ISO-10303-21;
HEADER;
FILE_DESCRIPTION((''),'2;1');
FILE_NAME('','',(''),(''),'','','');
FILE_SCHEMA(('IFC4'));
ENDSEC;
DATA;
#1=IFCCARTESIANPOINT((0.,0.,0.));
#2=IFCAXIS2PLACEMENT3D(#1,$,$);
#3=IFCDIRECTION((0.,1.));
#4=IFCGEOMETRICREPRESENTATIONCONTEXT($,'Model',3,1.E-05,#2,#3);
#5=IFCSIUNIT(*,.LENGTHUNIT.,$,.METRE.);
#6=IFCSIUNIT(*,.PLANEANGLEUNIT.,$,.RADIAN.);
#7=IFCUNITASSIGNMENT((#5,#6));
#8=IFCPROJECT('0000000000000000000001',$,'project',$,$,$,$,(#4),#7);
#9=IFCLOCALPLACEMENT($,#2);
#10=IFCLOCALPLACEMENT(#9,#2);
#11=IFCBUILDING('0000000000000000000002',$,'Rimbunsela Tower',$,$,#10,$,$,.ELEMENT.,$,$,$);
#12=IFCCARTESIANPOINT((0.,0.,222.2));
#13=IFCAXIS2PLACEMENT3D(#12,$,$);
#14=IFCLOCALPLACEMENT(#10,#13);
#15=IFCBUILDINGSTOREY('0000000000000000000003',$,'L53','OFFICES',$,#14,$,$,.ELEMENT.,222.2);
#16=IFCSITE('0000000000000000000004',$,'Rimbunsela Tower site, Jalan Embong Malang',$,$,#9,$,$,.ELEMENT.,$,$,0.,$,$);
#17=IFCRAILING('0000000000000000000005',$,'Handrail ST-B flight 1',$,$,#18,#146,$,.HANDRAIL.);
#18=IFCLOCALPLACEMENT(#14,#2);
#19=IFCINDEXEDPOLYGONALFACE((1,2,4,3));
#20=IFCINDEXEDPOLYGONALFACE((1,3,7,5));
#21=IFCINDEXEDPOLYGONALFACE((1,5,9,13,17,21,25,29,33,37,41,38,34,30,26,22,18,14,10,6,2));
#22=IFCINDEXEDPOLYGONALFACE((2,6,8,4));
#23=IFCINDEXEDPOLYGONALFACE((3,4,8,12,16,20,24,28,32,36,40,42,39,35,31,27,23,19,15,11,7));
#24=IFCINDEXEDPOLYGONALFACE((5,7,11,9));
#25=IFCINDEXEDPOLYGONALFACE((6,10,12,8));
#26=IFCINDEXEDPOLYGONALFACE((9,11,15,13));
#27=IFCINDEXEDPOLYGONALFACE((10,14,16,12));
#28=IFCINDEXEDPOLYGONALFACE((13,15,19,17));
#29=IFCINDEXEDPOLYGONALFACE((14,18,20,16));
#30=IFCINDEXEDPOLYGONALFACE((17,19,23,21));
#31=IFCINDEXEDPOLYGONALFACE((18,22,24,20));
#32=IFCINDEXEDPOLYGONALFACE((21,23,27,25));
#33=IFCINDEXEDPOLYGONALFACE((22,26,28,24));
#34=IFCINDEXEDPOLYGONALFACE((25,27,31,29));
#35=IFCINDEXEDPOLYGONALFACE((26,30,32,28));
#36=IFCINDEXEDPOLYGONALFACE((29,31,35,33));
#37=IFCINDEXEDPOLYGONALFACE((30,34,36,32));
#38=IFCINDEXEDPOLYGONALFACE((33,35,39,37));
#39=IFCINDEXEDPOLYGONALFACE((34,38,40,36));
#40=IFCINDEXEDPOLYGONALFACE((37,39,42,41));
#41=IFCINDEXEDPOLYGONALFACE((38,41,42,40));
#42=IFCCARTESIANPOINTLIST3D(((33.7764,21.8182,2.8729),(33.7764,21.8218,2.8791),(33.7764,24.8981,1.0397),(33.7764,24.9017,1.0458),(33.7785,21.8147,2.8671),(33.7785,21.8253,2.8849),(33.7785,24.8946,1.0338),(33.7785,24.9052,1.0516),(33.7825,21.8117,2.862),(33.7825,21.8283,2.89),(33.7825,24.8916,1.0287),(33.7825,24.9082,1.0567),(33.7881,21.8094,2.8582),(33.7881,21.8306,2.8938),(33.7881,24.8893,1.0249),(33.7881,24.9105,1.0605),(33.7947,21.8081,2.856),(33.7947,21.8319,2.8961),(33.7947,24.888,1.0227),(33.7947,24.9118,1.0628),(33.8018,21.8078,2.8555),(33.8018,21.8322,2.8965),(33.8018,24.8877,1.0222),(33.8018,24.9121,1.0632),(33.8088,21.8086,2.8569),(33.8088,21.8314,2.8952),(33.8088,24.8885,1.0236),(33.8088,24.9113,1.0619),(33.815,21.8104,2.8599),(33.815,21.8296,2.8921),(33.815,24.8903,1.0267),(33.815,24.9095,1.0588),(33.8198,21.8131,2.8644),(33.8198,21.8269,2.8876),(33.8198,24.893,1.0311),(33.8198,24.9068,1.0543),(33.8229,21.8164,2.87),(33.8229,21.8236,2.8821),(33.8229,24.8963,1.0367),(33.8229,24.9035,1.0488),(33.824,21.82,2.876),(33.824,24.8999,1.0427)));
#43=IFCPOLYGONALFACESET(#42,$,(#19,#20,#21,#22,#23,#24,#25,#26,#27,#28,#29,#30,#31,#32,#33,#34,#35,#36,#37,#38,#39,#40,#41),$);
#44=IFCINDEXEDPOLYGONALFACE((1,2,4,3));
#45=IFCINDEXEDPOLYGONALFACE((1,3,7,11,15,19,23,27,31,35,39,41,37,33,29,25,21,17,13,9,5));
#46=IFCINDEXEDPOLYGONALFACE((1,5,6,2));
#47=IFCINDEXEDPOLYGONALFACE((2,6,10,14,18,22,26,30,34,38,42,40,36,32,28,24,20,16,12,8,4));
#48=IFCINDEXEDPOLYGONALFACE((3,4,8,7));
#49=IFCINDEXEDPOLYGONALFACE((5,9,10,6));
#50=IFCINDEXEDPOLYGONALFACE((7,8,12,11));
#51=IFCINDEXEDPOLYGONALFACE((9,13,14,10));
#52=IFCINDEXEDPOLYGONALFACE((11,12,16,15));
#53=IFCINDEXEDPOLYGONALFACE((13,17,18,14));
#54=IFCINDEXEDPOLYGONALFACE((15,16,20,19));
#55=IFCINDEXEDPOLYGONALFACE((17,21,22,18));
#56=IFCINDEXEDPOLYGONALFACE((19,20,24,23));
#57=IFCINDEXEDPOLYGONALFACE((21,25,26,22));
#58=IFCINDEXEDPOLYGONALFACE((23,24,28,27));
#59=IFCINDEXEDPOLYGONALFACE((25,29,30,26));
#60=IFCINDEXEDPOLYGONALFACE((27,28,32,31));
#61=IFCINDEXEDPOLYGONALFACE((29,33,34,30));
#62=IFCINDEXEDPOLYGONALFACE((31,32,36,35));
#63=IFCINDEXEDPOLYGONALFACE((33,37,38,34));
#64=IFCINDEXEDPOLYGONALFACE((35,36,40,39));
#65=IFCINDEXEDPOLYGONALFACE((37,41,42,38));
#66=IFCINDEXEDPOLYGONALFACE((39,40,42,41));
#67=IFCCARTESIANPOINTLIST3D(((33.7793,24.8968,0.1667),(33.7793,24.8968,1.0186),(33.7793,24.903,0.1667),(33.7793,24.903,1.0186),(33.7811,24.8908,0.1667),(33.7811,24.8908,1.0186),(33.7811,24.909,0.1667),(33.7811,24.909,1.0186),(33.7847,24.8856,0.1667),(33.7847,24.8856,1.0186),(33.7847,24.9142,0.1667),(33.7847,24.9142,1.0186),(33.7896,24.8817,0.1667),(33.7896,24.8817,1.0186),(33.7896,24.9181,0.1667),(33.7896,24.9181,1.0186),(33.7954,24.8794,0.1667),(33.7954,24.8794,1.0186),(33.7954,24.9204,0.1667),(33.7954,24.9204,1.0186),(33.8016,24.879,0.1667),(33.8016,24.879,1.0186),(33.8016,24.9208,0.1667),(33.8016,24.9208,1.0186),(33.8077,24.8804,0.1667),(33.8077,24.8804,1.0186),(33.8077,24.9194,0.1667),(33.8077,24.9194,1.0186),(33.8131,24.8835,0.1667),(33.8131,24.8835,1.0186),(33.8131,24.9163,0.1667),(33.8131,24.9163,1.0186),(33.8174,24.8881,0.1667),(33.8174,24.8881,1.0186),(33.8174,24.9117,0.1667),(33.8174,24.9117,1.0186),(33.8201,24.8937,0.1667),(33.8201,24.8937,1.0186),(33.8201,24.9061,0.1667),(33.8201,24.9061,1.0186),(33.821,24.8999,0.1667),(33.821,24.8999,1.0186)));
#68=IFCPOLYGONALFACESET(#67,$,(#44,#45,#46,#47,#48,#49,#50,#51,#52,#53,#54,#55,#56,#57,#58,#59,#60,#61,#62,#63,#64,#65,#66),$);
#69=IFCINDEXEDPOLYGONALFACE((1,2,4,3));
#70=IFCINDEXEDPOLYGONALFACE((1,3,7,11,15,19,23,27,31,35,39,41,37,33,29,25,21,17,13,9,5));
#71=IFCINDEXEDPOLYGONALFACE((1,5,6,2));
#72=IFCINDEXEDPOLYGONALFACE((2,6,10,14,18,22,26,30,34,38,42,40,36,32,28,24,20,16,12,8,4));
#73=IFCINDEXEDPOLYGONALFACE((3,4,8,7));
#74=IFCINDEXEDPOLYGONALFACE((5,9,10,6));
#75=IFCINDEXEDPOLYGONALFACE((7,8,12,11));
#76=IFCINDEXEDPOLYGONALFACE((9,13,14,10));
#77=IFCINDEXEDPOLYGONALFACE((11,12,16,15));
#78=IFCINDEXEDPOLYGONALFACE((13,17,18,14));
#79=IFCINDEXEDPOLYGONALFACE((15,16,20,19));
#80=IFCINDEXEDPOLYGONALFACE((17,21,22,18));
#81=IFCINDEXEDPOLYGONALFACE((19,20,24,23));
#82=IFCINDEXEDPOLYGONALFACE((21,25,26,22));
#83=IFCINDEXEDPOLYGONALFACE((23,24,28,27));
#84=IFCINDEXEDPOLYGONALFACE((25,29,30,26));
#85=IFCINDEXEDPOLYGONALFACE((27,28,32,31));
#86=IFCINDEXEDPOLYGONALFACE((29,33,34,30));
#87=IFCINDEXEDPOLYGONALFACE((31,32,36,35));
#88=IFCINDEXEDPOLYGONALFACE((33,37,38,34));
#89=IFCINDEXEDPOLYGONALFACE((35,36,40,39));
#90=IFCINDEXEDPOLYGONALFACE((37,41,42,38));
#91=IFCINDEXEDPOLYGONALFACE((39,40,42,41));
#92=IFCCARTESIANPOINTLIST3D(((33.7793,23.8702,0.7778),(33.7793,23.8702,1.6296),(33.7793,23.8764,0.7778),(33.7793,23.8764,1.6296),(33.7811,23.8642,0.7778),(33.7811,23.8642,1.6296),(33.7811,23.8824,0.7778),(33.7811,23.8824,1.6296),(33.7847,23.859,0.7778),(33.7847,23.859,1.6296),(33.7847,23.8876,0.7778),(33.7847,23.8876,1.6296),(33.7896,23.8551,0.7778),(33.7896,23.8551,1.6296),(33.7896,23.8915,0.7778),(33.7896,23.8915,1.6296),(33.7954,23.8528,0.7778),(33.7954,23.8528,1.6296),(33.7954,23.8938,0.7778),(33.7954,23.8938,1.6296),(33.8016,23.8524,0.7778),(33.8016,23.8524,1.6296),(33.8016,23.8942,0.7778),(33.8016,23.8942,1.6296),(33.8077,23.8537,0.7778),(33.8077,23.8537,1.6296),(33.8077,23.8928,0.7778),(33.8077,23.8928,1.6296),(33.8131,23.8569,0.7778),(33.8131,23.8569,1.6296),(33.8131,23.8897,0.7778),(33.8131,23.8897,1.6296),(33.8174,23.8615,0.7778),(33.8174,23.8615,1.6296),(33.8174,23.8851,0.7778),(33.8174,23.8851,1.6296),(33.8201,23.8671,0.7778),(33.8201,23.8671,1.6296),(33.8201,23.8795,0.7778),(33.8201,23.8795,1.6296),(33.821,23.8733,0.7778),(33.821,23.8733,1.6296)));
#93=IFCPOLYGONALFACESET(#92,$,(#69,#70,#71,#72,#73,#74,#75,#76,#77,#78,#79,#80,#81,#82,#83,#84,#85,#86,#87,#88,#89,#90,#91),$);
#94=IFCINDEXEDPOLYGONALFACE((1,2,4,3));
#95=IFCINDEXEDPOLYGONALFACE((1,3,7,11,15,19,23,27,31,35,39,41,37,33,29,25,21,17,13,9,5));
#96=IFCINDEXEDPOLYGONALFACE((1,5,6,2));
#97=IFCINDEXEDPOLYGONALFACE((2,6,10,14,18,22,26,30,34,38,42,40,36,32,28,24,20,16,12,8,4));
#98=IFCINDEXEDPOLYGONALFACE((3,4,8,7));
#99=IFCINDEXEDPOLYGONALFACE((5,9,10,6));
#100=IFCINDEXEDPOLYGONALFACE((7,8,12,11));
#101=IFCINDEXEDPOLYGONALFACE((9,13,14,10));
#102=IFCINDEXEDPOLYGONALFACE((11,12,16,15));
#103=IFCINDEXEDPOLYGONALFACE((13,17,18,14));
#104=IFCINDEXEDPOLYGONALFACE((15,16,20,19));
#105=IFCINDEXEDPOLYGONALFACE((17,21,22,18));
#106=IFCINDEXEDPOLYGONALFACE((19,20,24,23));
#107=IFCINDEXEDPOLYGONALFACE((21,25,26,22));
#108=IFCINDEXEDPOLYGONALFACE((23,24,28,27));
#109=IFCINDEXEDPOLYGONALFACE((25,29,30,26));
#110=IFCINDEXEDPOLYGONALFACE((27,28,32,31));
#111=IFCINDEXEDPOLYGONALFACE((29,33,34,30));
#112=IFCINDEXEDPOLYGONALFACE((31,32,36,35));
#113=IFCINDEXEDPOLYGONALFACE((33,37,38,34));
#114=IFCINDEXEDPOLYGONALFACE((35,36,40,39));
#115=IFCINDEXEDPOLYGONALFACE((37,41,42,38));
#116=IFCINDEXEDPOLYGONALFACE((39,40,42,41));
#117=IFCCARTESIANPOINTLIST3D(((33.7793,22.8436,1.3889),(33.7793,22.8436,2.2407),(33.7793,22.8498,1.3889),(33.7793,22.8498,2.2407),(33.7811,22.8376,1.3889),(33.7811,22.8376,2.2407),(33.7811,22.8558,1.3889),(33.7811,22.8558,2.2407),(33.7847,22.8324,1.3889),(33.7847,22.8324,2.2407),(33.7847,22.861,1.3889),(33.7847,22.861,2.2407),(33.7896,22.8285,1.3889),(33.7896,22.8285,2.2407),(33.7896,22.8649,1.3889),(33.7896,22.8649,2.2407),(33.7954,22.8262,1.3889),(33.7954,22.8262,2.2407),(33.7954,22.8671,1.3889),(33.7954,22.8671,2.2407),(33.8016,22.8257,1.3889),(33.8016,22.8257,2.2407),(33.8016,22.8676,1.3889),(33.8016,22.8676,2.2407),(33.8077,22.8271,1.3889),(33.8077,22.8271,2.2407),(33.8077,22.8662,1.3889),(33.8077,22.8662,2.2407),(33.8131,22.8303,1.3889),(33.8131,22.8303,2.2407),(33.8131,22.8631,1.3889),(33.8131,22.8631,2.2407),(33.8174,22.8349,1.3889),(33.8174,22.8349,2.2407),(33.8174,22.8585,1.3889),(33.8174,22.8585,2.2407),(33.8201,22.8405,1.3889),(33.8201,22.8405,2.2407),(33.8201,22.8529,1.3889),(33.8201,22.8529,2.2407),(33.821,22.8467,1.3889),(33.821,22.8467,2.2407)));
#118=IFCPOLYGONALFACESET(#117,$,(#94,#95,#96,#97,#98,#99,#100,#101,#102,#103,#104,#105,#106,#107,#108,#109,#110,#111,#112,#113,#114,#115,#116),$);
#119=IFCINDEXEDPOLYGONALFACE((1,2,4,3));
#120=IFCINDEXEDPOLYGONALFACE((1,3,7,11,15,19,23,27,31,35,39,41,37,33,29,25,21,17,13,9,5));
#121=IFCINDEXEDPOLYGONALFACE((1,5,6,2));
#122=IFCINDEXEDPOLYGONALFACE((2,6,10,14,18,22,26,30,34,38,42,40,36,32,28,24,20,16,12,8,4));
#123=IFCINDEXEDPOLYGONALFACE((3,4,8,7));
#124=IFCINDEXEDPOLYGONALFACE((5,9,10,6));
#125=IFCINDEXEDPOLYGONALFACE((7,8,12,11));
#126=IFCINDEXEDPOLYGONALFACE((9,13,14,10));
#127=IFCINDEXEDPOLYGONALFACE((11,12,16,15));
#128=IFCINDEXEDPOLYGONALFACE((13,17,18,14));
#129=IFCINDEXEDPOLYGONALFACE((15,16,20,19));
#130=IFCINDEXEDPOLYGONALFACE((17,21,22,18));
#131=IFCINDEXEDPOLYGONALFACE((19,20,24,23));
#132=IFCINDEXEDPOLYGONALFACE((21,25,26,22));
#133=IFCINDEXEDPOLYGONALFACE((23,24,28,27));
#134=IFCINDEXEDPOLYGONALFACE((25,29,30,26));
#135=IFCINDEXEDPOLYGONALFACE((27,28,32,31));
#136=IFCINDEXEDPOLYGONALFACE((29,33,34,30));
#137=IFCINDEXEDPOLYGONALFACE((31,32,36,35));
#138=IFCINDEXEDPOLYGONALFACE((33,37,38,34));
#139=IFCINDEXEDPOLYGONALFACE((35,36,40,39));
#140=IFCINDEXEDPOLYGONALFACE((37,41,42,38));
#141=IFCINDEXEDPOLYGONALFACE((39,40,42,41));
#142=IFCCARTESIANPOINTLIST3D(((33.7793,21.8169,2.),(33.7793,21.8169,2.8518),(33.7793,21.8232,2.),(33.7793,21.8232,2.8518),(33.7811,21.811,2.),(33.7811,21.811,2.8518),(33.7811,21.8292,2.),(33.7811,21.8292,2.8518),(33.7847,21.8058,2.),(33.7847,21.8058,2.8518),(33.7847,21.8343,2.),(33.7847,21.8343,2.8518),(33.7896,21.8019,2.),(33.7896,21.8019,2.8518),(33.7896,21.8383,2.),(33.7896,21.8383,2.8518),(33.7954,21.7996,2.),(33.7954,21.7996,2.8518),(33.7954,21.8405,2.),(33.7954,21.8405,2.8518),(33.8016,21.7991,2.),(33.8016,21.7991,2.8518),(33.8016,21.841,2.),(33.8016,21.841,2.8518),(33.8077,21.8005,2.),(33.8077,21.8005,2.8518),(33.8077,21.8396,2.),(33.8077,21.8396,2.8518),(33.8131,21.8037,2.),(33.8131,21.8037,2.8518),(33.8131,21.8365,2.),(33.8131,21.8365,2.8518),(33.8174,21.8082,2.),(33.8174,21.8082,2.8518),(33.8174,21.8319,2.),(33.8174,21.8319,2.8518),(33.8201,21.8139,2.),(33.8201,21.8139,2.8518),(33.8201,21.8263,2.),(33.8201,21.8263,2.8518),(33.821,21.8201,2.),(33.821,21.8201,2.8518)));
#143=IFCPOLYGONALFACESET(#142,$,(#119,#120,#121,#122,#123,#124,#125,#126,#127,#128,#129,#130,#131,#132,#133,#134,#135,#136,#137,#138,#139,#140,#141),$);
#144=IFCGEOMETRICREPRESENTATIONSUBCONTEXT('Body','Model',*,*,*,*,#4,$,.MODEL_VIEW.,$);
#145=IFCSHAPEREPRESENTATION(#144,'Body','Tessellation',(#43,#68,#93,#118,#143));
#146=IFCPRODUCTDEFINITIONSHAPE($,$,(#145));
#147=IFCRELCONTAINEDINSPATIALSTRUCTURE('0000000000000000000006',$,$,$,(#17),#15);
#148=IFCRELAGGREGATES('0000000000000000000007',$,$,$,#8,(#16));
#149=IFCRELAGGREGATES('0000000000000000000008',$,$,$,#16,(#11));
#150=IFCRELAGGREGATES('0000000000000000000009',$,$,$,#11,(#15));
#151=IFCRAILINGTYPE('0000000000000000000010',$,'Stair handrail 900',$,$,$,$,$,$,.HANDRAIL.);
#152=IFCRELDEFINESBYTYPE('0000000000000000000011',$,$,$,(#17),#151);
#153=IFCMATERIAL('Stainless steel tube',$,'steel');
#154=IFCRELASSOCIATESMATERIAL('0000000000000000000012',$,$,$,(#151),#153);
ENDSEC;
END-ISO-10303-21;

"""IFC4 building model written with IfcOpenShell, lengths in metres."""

from ifc_helpers import new_model, si_unit, direction, frame, origin, origin_2d, place, context, subcontext, project, spatial, circle, extrude, material, type_object, element, save


model = new_model("IFC4")

# Units and contexts
model_context = context("Model", 3, precision=1e-05, world=origin(), true_north=direction((0.0, 1.0)))
body_context = subcontext(model_context, "Body", "Model", "MODEL_VIEW")
ifc_project = project(units=[si_unit("LENGTHUNIT", "METRE"), si_unit("PLANEANGLEUNIT", "RADIAN")], contexts=[model_context])

# Site, building, storey
site_placement = place(None, origin())
site = spatial("IfcSite", under=ifc_project, at=site_placement, Name="Rimbunsela Tower site, Jalan Embong Malang", CompositionType="ELEMENT", RefElevation=0.0)
building_placement = place(site_placement, origin())
building = spatial("IfcBuilding", under=site, at=building_placement, Name="Rimbunsela Tower", CompositionType="ELEMENT")
storey_placement = place(building_placement, frame((0.0, 0.0, 222.2)))
storey = spatial("IfcBuildingStorey", under=building, at=storey_placement, Name="L53", Description="OFFICES", CompositionType="ELEMENT", Elevation=222.2)

# Railing
ifc_material_1 = material(Name="Stainless steel tube", Category="steel")
railing_type = type_object("IfcRailingType", Name="Stair handrail 900", PredefinedType="HANDRAIL", material=ifc_material_1)
railing_1_placement = place(storey_placement, frame((33.8, 24.8999, 0.1667)))
element("IfcRailing", 1, at=railing_1_placement, inside=storey, type_object=railing_type, Name="Handrail ST-B flight 1", PredefinedType="HANDRAIL", context=body_context, shape_type="SweptSolid", body=[
    extrude(circle(Radius=0.0239, at=origin_2d()), frame((0.0, 0.0, 0.876), z_axis=(0.0, -0.859291, 0.511487), x_axis=(1.0, 0.0, 0.0)), (0.0, 0.0, 1.0), 3.5842),
    extrude(circle(Radius=0.021, at=origin_2d()), origin(), (0.0, 0.0, 1.0), 0.8518),
    extrude(circle(Radius=0.021, at=origin_2d()), frame((0.0, -1.0266, 0.6111)), (0.0, 0.0, 1.0), 0.8518),
    extrude(circle(Radius=0.021, at=origin_2d()), frame((0.0, -2.0532, 1.2222)), (0.0, 0.0, 1.0), 0.8518),
    extrude(circle(Radius=0.021, at=origin_2d()), frame((0.0, -3.0798, 1.8333)), (0.0, 0.0, 1.0), 0.8518),
])

save(model, "model.ifc")
